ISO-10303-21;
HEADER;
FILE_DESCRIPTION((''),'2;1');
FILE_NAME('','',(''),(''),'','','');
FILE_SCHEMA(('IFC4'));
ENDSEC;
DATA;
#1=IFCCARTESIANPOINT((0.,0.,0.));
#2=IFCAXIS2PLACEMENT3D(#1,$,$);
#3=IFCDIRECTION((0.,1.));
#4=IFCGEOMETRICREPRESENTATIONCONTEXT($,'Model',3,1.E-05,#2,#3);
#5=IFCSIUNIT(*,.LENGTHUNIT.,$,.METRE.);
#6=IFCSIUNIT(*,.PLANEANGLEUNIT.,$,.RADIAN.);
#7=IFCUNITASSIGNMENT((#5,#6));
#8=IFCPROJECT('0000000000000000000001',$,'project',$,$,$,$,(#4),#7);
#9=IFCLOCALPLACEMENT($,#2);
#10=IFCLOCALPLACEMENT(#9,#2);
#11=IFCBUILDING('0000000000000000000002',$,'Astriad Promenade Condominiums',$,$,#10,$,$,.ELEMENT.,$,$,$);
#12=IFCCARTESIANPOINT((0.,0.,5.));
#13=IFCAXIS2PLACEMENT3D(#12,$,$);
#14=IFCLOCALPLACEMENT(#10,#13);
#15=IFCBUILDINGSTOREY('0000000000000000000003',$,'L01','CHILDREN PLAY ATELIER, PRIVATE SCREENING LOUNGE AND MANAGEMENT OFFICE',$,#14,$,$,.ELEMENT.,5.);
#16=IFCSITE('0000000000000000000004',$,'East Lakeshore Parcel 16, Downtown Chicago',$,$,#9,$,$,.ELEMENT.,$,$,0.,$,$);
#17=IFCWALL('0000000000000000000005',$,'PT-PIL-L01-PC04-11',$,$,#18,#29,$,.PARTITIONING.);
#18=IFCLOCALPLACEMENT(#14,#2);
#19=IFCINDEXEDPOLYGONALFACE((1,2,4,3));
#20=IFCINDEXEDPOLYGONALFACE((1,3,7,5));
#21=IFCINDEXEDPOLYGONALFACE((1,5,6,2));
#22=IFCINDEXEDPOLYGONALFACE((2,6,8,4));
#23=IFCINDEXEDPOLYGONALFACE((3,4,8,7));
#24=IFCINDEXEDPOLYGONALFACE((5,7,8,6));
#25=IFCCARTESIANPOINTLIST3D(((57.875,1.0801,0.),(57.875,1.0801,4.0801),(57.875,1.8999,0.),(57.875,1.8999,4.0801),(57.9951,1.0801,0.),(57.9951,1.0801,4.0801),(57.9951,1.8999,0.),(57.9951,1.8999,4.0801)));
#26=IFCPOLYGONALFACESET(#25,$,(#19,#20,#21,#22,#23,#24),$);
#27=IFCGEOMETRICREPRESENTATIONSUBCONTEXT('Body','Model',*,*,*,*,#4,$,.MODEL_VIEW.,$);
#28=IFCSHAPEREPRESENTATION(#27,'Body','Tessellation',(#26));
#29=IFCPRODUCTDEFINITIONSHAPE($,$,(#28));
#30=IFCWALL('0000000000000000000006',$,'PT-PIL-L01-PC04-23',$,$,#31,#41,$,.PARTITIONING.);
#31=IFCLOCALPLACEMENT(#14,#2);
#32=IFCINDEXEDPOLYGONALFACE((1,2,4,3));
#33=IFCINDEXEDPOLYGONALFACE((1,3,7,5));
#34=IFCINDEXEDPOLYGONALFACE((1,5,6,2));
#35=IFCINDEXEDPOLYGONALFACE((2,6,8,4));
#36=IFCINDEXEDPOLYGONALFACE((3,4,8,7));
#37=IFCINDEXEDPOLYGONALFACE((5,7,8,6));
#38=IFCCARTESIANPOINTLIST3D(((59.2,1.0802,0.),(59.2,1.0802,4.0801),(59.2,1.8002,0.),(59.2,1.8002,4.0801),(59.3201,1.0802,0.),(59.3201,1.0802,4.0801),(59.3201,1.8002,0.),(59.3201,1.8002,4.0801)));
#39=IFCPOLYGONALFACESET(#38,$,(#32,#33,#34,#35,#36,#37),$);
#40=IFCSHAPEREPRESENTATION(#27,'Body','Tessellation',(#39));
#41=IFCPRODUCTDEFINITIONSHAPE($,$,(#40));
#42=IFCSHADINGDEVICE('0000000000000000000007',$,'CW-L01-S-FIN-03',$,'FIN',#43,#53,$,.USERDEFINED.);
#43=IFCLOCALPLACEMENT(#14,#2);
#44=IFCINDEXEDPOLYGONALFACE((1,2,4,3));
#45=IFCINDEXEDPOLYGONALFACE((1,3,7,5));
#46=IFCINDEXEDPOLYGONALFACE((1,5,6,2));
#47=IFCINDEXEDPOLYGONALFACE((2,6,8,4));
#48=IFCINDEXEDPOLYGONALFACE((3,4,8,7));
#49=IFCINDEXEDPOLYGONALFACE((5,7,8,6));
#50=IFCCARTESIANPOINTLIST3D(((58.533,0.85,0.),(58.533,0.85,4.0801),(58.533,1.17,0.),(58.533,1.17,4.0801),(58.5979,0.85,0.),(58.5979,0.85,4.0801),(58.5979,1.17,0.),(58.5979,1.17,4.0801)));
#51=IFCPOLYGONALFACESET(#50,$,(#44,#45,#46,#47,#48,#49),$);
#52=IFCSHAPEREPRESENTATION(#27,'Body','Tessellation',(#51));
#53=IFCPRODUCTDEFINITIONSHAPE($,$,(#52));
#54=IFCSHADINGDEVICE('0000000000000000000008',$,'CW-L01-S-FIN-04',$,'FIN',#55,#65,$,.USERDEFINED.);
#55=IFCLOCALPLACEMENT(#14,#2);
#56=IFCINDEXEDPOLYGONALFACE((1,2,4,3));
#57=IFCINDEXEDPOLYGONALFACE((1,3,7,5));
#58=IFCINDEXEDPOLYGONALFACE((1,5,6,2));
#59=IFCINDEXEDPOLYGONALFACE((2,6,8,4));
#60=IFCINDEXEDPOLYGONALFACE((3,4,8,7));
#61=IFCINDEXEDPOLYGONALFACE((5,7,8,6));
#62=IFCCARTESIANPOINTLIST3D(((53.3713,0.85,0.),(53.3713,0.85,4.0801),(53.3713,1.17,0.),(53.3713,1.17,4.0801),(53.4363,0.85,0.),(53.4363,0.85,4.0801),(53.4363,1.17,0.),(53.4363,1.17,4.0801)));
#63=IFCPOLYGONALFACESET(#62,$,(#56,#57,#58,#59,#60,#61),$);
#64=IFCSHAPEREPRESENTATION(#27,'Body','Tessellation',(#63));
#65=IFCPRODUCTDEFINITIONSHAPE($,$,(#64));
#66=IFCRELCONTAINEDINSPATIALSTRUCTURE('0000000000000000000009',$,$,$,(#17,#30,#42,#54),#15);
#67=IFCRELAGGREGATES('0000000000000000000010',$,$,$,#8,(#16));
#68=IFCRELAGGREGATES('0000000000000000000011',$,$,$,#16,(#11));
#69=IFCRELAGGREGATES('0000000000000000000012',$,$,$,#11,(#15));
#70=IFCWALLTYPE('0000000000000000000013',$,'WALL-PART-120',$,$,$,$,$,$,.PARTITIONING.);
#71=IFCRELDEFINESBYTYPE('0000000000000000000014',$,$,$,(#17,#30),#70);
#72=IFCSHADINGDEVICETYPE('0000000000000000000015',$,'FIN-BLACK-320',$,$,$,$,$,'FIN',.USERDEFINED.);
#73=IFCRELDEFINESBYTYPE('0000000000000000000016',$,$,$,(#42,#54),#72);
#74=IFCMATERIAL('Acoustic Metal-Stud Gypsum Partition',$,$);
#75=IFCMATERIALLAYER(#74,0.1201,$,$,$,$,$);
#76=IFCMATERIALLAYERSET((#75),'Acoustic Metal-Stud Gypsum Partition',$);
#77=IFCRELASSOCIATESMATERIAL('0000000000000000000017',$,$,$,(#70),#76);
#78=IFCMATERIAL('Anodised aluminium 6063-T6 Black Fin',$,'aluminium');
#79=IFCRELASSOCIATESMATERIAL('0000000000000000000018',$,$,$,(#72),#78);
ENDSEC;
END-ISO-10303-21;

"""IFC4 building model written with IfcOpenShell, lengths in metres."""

from ifc_helpers import new_model, si_unit, direction, frame, frame_2d, origin, origin_2d, place, context, subcontext, project, spatial, rectangle, extrude, source, transform, mapped, material, layer, layer_set, type_object, type_shapes, element, save


model = new_model("IFC4")

# Units and contexts
model_context = context("Model", 3, precision=1e-05, world=origin(), true_north=direction((0.0, 1.0)))
body_context = subcontext(model_context, "Body", "Model", "MODEL_VIEW")
ifc_project = project(units=[si_unit("LENGTHUNIT", "METRE"), si_unit("PLANEANGLEUNIT", "RADIAN")], contexts=[model_context])

# Site, building, storey
site_placement = place(None, origin())
site = spatial("IfcSite", under=ifc_project, at=site_placement, Name="East Lakeshore Parcel 16, Downtown Chicago", CompositionType="ELEMENT", RefElevation=0.0)
building_placement = place(site_placement, origin())
building = spatial("IfcBuilding", under=site, at=building_placement, Name="Astriad Promenade Condominiums", CompositionType="ELEMENT")
storey_placement = place(building_placement, frame((0.0, 0.0, 5.0)))
storey = spatial("IfcBuildingStorey", under=building, at=storey_placement, Name="L01", Description="CHILDREN PLAY ATELIER, PRIVATE SCREENING LOUNGE AND MANAGEMENT OFFICE", CompositionType="ELEMENT", Elevation=5.0)

# Walls
ifc_material_1 = material(Name="Acoustic Metal-Stud Gypsum Partition")
ifc_layer_1 = layer(ifc_material_1, 0.1201)
ifc_layer_set_1 = layer_set([ifc_layer_1], Name="Acoustic Metal-Stud Gypsum Partition")
wall_type = type_object("IfcWallType", Name="WALL-PART-120", PredefinedType="PARTITIONING", material=ifc_layer_set_1)
wall_1_placement = place(storey_placement, frame((57.9351, 1.8999, 0.0), z_axis=(0.0, 0.0, 1.0), x_axis=(0.0, -1.0, 0.0)))
element("IfcWall", 1, at=wall_1_placement, inside=storey, type_object=wall_type, Name="PT-PIL-L01-PC04-11", PredefinedType="PARTITIONING", context=body_context, shape_type="SweptSolid", body=[
    extrude(rectangle(XDim=0.8198, YDim=0.1201, at=frame_2d((0.4099, 0.0))), origin(), (0.0, 0.0, 1.0), 4.0801),
])
wall_2_placement = place(storey_placement, frame((59.26, 1.8, 0.0), z_axis=(0.0, 0.0, 1.0), x_axis=(0.0, -1.0, 0.0)))
element("IfcWall", 2, at=wall_2_placement, inside=storey, type_object=wall_type, Name="PT-PIL-L01-PC04-23", PredefinedType="PARTITIONING", context=body_context, shape_type="SweptSolid", body=[
    extrude(rectangle(XDim=0.72, YDim=0.1201, at=frame_2d((0.3599, 0.0))), origin(), (0.0, 0.0, 1.0), 4.0801),
])

# Shading devices
ifc_material_2 = material(Name="Anodised aluminium 6063-T6 Black Fin", Category="aluminium")
shading_device_type = type_object("IfcShadingDeviceType", Name="FIN-BLACK-320", ElementType="FIN", PredefinedType="USERDEFINED", material=ifc_material_2)
shared_shape_1 = source(origin(), body_context, "Body", "SweptSolid", [
    extrude(rectangle(XDim=0.0649, YDim=0.3201, at=origin_2d()), origin(), (0.0, 0.0, 1.0), 4.0801),
])
type_shapes(shading_device_type, [shared_shape_1])
for number, where, z_axis, x_axis, name in (
    (3, (58.5654, 1.01, 0.0), (0.0, 0.0, 1.0), (-1.0, 0.0, 0.0), "CW-L01-S-FIN-03"),
    (4, (53.4038, 1.01, 0.0), (0.0, 0.0, 1.0), (-1.0, 0.0, 0.0), "CW-L01-S-FIN-04"),
):
    element("IfcShadingDevice", number, at=place(storey_placement, frame(where, z_axis=z_axis, x_axis=x_axis)), inside=storey, type_object=shading_device_type, Name=name, ObjectType="FIN", PredefinedType="USERDEFINED", context=body_context, shape_type="MappedRepresentation", body=[
        mapped(shared_shape_1, transform((0.0, 0.0, 0.0), scale=1.0)),
    ])

save(model, "model.ifc")
